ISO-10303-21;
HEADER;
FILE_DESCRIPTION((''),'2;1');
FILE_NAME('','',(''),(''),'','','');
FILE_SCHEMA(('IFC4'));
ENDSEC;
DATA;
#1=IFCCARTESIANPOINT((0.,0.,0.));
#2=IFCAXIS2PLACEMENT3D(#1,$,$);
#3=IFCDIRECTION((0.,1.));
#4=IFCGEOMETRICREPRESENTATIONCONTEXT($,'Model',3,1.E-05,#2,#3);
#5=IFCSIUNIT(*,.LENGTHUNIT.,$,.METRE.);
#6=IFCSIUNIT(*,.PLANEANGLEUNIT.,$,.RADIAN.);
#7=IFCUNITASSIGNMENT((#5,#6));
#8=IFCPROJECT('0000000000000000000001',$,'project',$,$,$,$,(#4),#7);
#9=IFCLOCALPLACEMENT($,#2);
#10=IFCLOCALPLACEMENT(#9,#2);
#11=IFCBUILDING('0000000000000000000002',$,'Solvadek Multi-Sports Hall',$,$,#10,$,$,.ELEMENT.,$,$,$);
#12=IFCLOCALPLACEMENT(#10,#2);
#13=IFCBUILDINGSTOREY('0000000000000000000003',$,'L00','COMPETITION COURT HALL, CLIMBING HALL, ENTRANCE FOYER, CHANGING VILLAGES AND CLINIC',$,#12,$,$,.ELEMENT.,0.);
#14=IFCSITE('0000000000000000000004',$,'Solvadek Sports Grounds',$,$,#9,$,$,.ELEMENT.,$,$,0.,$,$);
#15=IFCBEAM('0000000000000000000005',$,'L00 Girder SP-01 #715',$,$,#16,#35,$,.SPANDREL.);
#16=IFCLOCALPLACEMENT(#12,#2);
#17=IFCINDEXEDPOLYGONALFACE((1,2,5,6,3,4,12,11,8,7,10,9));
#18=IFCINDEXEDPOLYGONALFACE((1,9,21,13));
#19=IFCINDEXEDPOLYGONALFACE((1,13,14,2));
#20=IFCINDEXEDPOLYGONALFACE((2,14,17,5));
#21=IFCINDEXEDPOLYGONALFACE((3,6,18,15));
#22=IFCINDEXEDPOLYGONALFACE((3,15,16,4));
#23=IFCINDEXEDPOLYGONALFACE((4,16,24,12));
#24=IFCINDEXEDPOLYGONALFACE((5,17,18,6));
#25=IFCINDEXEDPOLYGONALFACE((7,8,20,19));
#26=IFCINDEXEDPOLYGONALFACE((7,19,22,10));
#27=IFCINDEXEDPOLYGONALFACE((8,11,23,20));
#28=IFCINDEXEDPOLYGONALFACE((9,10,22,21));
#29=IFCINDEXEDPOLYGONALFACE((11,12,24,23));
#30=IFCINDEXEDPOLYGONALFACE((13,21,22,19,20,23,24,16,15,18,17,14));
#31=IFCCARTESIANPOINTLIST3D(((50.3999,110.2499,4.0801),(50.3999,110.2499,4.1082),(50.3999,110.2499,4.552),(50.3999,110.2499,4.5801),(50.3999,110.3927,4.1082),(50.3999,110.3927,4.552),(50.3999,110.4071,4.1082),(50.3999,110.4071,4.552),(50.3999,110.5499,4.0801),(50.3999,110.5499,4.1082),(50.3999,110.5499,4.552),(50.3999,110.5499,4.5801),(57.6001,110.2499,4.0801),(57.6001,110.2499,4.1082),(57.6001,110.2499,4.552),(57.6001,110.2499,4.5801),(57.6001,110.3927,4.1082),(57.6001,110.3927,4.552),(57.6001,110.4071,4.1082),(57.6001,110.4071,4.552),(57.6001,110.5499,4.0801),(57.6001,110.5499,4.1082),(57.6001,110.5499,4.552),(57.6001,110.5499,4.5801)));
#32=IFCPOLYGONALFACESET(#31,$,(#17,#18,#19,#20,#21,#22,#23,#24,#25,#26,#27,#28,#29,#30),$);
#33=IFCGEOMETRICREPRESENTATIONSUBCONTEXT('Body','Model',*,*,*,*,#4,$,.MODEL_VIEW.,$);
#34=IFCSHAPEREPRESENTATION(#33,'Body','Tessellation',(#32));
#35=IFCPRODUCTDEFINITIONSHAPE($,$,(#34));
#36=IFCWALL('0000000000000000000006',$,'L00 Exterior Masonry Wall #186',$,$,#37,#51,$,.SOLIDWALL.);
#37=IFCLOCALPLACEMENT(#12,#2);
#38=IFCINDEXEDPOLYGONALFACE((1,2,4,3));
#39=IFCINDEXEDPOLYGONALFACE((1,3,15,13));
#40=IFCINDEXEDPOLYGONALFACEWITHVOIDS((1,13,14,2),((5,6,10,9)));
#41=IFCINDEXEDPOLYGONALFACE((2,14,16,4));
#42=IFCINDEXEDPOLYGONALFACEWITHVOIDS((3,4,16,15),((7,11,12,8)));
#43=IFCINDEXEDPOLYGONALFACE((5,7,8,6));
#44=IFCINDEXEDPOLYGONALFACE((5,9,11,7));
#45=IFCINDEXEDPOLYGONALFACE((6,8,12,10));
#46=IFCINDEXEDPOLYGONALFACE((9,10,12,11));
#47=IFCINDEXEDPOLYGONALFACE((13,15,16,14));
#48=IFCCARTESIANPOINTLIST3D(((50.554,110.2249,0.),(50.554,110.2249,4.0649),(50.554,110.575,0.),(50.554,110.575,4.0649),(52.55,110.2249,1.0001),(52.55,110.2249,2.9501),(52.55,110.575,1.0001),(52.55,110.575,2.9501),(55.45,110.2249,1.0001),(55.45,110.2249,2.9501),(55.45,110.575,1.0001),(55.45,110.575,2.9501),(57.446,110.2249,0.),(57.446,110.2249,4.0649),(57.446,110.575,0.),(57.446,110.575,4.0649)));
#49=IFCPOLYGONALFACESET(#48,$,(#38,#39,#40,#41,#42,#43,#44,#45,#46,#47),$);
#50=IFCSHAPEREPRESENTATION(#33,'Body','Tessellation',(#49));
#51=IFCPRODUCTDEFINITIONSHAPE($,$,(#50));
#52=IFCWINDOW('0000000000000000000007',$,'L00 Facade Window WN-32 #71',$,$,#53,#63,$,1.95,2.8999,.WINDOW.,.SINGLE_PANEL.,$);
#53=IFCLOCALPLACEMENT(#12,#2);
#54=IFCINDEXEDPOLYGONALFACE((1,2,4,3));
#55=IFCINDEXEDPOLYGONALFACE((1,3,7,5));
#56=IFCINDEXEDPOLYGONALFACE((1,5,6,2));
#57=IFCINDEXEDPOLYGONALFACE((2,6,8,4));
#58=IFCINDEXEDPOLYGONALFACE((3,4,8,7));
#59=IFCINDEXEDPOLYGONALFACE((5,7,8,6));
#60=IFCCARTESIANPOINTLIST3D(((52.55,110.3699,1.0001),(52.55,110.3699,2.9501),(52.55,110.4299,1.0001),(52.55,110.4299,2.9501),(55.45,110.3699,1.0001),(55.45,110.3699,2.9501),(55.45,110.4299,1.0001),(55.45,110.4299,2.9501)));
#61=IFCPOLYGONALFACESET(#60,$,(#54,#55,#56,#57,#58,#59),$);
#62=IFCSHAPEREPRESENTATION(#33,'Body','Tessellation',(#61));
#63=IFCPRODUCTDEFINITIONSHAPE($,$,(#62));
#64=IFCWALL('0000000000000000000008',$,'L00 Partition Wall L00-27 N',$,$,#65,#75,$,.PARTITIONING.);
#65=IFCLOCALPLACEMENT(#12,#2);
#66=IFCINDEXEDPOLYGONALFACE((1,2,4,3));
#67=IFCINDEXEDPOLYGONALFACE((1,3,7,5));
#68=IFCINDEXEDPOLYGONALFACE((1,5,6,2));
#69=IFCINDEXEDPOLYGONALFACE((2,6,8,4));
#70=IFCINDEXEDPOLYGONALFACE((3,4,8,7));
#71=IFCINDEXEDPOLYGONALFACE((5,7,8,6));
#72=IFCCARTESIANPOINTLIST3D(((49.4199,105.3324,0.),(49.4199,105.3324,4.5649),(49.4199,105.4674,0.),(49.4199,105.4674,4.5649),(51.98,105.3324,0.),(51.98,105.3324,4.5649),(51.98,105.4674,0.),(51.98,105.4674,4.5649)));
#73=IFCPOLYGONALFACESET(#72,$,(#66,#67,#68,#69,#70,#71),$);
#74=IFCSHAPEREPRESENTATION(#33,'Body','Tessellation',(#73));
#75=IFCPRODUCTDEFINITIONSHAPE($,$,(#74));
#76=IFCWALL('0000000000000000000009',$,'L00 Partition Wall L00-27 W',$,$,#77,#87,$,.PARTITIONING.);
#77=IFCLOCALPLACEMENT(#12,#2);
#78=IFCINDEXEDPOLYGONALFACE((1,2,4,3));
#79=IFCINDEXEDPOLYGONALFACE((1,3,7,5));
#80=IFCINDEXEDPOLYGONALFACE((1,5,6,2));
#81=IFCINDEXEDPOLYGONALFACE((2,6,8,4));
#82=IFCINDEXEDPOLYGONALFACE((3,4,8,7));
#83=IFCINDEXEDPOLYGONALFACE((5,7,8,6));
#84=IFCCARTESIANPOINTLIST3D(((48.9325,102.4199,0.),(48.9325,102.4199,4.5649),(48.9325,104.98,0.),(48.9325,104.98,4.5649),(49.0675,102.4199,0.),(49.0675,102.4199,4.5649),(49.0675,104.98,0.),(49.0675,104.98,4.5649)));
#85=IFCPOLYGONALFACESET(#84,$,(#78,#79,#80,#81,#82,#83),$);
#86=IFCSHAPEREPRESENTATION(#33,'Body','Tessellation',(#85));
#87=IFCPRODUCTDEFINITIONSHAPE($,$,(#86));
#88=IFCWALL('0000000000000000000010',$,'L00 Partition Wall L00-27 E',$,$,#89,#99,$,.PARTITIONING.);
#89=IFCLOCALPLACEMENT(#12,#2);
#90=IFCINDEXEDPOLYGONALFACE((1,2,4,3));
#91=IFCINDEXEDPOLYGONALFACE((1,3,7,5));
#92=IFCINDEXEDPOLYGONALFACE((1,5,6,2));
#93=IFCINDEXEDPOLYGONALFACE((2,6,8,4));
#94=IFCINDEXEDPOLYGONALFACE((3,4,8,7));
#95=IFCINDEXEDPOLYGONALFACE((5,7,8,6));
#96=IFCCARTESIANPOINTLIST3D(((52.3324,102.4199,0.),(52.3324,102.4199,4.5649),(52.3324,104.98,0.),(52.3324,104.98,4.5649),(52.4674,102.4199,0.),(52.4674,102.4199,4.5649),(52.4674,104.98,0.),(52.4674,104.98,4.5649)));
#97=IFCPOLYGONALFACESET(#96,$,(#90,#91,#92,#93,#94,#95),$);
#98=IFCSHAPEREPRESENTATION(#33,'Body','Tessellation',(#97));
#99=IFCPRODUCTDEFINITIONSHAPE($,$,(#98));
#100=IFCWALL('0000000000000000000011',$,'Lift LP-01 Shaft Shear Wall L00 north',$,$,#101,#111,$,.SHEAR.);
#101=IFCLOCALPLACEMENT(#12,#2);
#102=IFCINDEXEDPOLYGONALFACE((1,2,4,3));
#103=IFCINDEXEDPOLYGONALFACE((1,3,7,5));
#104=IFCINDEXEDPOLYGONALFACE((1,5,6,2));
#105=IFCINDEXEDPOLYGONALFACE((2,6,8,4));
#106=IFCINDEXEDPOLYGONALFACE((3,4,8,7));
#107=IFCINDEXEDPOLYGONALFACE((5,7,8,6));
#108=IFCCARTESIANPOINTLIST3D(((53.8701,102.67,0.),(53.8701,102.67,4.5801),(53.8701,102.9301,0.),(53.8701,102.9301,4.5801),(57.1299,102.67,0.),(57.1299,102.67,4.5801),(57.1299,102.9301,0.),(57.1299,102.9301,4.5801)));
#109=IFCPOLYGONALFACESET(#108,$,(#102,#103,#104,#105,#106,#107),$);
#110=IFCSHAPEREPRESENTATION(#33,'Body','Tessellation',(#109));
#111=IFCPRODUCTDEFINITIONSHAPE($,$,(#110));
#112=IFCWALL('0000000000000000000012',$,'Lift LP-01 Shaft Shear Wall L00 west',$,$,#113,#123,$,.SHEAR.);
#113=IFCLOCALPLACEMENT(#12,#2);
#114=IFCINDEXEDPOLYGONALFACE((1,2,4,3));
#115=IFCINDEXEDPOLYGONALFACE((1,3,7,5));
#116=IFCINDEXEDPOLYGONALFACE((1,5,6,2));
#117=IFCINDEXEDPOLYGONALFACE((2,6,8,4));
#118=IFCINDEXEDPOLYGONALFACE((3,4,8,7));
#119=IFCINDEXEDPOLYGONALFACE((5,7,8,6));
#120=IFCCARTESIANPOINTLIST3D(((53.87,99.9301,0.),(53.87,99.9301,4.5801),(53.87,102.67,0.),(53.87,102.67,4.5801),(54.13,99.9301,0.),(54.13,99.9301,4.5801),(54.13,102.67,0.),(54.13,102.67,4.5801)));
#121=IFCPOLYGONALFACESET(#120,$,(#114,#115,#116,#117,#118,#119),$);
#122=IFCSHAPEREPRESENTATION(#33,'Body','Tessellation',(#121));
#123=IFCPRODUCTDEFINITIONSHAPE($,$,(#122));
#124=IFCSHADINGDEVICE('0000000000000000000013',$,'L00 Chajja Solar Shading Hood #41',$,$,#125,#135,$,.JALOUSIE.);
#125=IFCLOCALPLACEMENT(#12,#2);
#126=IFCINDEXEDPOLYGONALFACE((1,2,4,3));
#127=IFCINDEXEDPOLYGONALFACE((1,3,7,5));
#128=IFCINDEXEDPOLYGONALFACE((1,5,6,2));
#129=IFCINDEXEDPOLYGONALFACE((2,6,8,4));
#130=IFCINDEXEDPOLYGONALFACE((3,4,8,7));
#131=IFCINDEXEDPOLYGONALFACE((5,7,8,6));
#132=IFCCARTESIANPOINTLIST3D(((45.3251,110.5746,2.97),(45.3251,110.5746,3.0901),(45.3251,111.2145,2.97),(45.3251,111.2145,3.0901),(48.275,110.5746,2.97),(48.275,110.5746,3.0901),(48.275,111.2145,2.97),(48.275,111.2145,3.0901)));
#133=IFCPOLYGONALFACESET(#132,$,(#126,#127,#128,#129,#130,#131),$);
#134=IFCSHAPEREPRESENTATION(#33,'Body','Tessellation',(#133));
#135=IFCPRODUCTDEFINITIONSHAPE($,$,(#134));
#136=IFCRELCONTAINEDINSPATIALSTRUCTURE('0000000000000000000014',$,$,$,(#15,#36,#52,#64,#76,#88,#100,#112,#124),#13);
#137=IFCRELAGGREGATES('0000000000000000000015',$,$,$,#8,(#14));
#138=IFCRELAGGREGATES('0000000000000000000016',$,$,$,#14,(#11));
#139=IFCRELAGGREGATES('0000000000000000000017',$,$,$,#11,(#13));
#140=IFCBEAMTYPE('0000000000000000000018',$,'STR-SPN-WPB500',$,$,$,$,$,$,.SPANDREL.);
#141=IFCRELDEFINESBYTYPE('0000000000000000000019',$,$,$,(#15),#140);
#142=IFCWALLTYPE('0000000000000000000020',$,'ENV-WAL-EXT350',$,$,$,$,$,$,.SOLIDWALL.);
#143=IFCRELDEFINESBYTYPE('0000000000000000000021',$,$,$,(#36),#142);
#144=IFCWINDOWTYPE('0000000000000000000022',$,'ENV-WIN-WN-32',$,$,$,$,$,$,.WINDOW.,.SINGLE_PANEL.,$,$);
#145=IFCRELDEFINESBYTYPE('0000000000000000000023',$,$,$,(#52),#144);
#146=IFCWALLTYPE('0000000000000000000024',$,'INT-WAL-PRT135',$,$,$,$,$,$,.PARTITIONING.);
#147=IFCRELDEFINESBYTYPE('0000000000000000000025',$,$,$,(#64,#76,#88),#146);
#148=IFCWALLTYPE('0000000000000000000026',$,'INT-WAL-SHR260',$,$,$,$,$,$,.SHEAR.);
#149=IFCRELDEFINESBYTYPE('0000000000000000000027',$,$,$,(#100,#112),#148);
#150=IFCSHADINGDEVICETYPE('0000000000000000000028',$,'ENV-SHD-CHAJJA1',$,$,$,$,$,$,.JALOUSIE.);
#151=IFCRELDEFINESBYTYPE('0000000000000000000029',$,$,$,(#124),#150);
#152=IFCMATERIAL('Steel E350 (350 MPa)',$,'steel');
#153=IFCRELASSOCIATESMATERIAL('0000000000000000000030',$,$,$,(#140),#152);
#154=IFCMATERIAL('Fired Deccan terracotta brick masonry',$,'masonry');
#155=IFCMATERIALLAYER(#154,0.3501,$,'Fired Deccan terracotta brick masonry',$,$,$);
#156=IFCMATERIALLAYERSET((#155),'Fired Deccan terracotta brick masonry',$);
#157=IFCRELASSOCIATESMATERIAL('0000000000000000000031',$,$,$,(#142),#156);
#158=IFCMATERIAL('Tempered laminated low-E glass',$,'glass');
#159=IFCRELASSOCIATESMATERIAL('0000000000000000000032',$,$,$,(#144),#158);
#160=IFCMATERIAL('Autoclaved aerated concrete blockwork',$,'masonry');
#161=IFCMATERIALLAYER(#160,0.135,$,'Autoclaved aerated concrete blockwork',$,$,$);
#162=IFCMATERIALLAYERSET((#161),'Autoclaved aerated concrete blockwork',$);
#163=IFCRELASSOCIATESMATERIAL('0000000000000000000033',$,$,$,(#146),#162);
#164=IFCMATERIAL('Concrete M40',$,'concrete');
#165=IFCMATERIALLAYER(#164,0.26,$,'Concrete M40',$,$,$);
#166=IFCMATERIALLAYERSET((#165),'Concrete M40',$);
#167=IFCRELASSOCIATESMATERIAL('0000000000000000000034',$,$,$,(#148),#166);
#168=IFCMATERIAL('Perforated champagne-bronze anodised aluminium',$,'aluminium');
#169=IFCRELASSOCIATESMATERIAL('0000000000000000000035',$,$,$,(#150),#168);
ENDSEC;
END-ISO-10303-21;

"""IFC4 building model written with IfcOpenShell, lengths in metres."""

from ifc_helpers import new_model, si_unit, direction, frame, frame_2d, origin, origin_2d, place, context, subcontext, project, spatial, rectangle, i_section, extrude, material, layer, layer_set, material_profile, profile_set, type_object, element, fill, save


model = new_model("IFC4")

# Units and contexts
model_context = context("Model", 3, precision=1e-05, world=origin(), true_north=direction((0.0, 1.0)))
body_context = subcontext(model_context, "Body", "Model", "MODEL_VIEW")
ifc_project = project(units=[si_unit("LENGTHUNIT", "METRE"), si_unit("PLANEANGLEUNIT", "RADIAN")], contexts=[model_context])

# Site, building, storey
site_placement = place(None, origin())
site = spatial("IfcSite", under=ifc_project, at=site_placement, Name="Solvadek Sports Grounds", CompositionType="ELEMENT", RefElevation=0.0)
building_placement = place(site_placement, origin())
building = spatial("IfcBuilding", under=site, at=building_placement, Name="Solvadek Multi-Sports Hall", CompositionType="ELEMENT")
storey_placement = place(building_placement, origin())
storey = spatial("IfcBuildingStorey", under=building, at=storey_placement, Name="L00", Description="COMPETITION COURT HALL, CLIMBING HALL, ENTRANCE FOYER, CHANGING VILLAGES AND CLINIC", CompositionType="ELEMENT", Elevation=0.0)

# Shared definitions
ifc_material_1 = material(Name="Steel E350 (350 MPa)", Category="steel")

# Beam
ifc_material_profile_1 = material_profile(ifc_material_1, i_section(OverallWidth=0.3, OverallDepth=0.5, WebThickness=0.0144, FlangeThickness=0.0281, at=origin_2d()), Name="WPB 500")
ifc_profile_set_1 = profile_set([ifc_material_profile_1], Name="Steel E350 (350 MPa)")
beam_type_1 = type_object("IfcBeamType", Name="STR-SPN-WPB500", PredefinedType="SPANDREL", material=ifc_profile_set_1)
beam_1_placement = place(storey_placement, frame((50.3999, 110.3999, 4.3301), z_axis=(1.0, 0.0, 0.0), x_axis=(0.0, 1.0, 0.0)))
element("IfcBeam", 1, at=beam_1_placement, inside=storey, type_object=beam_type_1, Name="L00 Girder SP-01 #715", PredefinedType="SPANDREL", context=body_context, shape_type="SweptSolid", body=[
    extrude(i_section(OverallWidth=0.3, OverallDepth=0.5, WebThickness=0.0144, FlangeThickness=0.0281, at=origin_2d()), origin(), (0.0, 0.0, 1.0), 7.2002),
])

# Wall, opening, window
ifc_material_2 = material(Name="Fired Deccan terracotta brick masonry", Category="masonry")
ifc_layer_1 = layer(ifc_material_2, 0.3501, Name="Fired Deccan terracotta brick masonry")
ifc_layer_set_1 = layer_set([ifc_layer_1], Name="Fired Deccan terracotta brick masonry")
wall_type_1 = type_object("IfcWallType", Name="ENV-WAL-EXT350", PredefinedType="SOLIDWALL", material=ifc_layer_set_1)
wall_1_placement = place(storey_placement, frame((50.554, 110.3999, 0.0), z_axis=(0.0, 0.0, 1.0), x_axis=(1.0, 0.0, 0.0)))
wall_1 = element("IfcWall", 2, at=wall_1_placement, inside=storey, type_object=wall_type_1, Name="L00 Exterior Masonry Wall #186", PredefinedType="SOLIDWALL", context=body_context, shape_type="SweptSolid", body=[
    extrude(rectangle(XDim=6.8921, YDim=0.3501, at=frame_2d((3.446, 0.0))), origin(), (0.0, 0.0, 1.0), 4.0649),
])
opening_1_placement = place(wall_1_placement, frame((1.9961, 0.0, 1.0)))
opening_1 = element("IfcOpeningElement", 3, at=opening_1_placement, cuts=wall_1, PredefinedType="OPENING", context=body_context, shape_type="SweptSolid", body=[
    extrude(rectangle(XDim=2.8999, YDim=1.95, at=frame_2d((1.45, 0.9751))), frame((0.0, 0.1851, 0.0), z_axis=(0.0, -1.0, 0.0), x_axis=(1.0, 0.0, 0.0)), (0.0, 0.0, 1.0), 0.3701),
])
ifc_material_3 = material(Name="Tempered laminated low-E glass", Category="glass")
window_type = type_object("IfcWindowType", Name="ENV-WIN-WN-32", PartitioningType="SINGLE_PANEL", PredefinedType="WINDOW", material=ifc_material_3)
window_placement = place(opening_1_placement, origin())
window = element("IfcWindow", 4, at=window_placement, inside=storey, type_object=window_type, Name="L00 Facade Window WN-32 #71", OverallHeight=1.95, OverallWidth=2.8999, PartitioningType="SINGLE_PANEL", PredefinedType="WINDOW", context=body_context, shape_type="SweptSolid", body=[
    extrude(rectangle(XDim=2.8999, YDim=1.95, at=frame_2d((1.45, 0.9751))), frame((0.0, 0.03, 0.0), z_axis=(0.0, -1.0, 0.0), x_axis=(1.0, 0.0, 0.0)), (0.0, 0.0, 1.0), 0.0601),
])
fill(opening_1, window)

# Shared definitions
ifc_material_4 = material(Name="Autoclaved aerated concrete blockwork", Category="masonry")
ifc_layer_2 = layer(ifc_material_4, 0.135, Name="Autoclaved aerated concrete blockwork")
ifc_layer_set_2 = layer_set([ifc_layer_2], Name="Autoclaved aerated concrete blockwork")
wall_type_2 = type_object("IfcWallType", Name="INT-WAL-PRT135", PredefinedType="PARTITIONING", material=ifc_layer_set_2)

# Walls
for number, where, z_axis, x_axis, name in (
    (5, (49.4199, 105.3999, 0.0), (0.0, 0.0, 1.0), (1.0, 0.0, 0.0), "L00 Partition Wall L00-27 N"),
    (6, (49.0, 102.4199, 0.0), (0.0, 0.0, 1.0), (0.0, 1.0, 0.0), "L00 Partition Wall L00-27 W"),
    (7, (52.3999, 102.4199, 0.0), (0.0, 0.0, 1.0), (0.0, 1.0, 0.0), "L00 Partition Wall L00-27 E"),
):
    element("IfcWall", number, at=place(storey_placement, frame(where, z_axis=z_axis, x_axis=x_axis)), inside=storey, type_object=wall_type_2, Name=name, PredefinedType="PARTITIONING", context=body_context, shape_type="SweptSolid", body=[
        extrude(rectangle(XDim=2.5601, YDim=0.135, at=frame_2d((1.28, 0.0))), origin(), (0.0, 0.0, 1.0), 4.5649),
    ])

# Shared definitions
ifc_material_5 = material(Name="Concrete M40", Category="concrete")
ifc_layer_3 = layer(ifc_material_5, 0.26, Name="Concrete M40")
ifc_layer_set_3 = layer_set([ifc_layer_3], Name="Concrete M40")
wall_type_3 = type_object("IfcWallType", Name="INT-WAL-SHR260", PredefinedType="SHEAR", material=ifc_layer_set_3)

# Walls
wall_2_placement = place(storey_placement, frame((53.8701, 102.8, 0.0), z_axis=(0.0, 0.0, 1.0), x_axis=(1.0, 0.0, 0.0)))
element("IfcWall", 8, at=wall_2_placement, inside=storey, type_object=wall_type_3, Name="Lift LP-01 Shaft Shear Wall L00 north", PredefinedType="SHEAR", context=body_context, shape_type="SweptSolid", body=[
    extrude(rectangle(XDim=3.2598, YDim=0.26, at=frame_2d((1.6299, 0.0))), origin(), (0.0, 0.0, 1.0), 4.5801),
])
wall_3_placement = place(storey_placement, frame((54.0, 99.9299, 0.0), z_axis=(0.0, 0.0, 1.0), x_axis=(0.0, 1.0, 0.0)))
element("IfcWall", 9, at=wall_3_placement, inside=storey, type_object=wall_type_3, Name="Lift LP-01 Shaft Shear Wall L00 west", PredefinedType="SHEAR", context=body_context, shape_type="SweptSolid", body=[
    extrude(rectangle(XDim=2.74, YDim=0.26, at=frame_2d((1.3701, 0.0))), origin(), (0.0, 0.0, 1.0), 4.5801),
])

# Shading device
ifc_material_6 = material(Name="Perforated champagne-bronze anodised aluminium", Category="aluminium")
shading_device_type = type_object("IfcShadingDeviceType", Name="ENV-SHD-CHAJJA1", PredefinedType="JALOUSIE", material=ifc_material_6)
shading_device_placement = place(storey_placement, frame((46.8, 110.8945, 2.97), z_axis=(0.0, 0.0, 1.0), x_axis=(1.0, 0.0, 0.0)))
element("IfcShadingDevice", 10, at=shading_device_placement, inside=storey, type_object=shading_device_type, Name="L00 Chajja Solar Shading Hood #41", PredefinedType="JALOUSIE", context=body_context, shape_type="SweptSolid", body=[
    extrude(rectangle(XDim=2.95, YDim=0.6399, at=origin_2d()), origin(), (0.0, 0.0, 1.0), 0.1201),
])

save(model, "model.ifc")
